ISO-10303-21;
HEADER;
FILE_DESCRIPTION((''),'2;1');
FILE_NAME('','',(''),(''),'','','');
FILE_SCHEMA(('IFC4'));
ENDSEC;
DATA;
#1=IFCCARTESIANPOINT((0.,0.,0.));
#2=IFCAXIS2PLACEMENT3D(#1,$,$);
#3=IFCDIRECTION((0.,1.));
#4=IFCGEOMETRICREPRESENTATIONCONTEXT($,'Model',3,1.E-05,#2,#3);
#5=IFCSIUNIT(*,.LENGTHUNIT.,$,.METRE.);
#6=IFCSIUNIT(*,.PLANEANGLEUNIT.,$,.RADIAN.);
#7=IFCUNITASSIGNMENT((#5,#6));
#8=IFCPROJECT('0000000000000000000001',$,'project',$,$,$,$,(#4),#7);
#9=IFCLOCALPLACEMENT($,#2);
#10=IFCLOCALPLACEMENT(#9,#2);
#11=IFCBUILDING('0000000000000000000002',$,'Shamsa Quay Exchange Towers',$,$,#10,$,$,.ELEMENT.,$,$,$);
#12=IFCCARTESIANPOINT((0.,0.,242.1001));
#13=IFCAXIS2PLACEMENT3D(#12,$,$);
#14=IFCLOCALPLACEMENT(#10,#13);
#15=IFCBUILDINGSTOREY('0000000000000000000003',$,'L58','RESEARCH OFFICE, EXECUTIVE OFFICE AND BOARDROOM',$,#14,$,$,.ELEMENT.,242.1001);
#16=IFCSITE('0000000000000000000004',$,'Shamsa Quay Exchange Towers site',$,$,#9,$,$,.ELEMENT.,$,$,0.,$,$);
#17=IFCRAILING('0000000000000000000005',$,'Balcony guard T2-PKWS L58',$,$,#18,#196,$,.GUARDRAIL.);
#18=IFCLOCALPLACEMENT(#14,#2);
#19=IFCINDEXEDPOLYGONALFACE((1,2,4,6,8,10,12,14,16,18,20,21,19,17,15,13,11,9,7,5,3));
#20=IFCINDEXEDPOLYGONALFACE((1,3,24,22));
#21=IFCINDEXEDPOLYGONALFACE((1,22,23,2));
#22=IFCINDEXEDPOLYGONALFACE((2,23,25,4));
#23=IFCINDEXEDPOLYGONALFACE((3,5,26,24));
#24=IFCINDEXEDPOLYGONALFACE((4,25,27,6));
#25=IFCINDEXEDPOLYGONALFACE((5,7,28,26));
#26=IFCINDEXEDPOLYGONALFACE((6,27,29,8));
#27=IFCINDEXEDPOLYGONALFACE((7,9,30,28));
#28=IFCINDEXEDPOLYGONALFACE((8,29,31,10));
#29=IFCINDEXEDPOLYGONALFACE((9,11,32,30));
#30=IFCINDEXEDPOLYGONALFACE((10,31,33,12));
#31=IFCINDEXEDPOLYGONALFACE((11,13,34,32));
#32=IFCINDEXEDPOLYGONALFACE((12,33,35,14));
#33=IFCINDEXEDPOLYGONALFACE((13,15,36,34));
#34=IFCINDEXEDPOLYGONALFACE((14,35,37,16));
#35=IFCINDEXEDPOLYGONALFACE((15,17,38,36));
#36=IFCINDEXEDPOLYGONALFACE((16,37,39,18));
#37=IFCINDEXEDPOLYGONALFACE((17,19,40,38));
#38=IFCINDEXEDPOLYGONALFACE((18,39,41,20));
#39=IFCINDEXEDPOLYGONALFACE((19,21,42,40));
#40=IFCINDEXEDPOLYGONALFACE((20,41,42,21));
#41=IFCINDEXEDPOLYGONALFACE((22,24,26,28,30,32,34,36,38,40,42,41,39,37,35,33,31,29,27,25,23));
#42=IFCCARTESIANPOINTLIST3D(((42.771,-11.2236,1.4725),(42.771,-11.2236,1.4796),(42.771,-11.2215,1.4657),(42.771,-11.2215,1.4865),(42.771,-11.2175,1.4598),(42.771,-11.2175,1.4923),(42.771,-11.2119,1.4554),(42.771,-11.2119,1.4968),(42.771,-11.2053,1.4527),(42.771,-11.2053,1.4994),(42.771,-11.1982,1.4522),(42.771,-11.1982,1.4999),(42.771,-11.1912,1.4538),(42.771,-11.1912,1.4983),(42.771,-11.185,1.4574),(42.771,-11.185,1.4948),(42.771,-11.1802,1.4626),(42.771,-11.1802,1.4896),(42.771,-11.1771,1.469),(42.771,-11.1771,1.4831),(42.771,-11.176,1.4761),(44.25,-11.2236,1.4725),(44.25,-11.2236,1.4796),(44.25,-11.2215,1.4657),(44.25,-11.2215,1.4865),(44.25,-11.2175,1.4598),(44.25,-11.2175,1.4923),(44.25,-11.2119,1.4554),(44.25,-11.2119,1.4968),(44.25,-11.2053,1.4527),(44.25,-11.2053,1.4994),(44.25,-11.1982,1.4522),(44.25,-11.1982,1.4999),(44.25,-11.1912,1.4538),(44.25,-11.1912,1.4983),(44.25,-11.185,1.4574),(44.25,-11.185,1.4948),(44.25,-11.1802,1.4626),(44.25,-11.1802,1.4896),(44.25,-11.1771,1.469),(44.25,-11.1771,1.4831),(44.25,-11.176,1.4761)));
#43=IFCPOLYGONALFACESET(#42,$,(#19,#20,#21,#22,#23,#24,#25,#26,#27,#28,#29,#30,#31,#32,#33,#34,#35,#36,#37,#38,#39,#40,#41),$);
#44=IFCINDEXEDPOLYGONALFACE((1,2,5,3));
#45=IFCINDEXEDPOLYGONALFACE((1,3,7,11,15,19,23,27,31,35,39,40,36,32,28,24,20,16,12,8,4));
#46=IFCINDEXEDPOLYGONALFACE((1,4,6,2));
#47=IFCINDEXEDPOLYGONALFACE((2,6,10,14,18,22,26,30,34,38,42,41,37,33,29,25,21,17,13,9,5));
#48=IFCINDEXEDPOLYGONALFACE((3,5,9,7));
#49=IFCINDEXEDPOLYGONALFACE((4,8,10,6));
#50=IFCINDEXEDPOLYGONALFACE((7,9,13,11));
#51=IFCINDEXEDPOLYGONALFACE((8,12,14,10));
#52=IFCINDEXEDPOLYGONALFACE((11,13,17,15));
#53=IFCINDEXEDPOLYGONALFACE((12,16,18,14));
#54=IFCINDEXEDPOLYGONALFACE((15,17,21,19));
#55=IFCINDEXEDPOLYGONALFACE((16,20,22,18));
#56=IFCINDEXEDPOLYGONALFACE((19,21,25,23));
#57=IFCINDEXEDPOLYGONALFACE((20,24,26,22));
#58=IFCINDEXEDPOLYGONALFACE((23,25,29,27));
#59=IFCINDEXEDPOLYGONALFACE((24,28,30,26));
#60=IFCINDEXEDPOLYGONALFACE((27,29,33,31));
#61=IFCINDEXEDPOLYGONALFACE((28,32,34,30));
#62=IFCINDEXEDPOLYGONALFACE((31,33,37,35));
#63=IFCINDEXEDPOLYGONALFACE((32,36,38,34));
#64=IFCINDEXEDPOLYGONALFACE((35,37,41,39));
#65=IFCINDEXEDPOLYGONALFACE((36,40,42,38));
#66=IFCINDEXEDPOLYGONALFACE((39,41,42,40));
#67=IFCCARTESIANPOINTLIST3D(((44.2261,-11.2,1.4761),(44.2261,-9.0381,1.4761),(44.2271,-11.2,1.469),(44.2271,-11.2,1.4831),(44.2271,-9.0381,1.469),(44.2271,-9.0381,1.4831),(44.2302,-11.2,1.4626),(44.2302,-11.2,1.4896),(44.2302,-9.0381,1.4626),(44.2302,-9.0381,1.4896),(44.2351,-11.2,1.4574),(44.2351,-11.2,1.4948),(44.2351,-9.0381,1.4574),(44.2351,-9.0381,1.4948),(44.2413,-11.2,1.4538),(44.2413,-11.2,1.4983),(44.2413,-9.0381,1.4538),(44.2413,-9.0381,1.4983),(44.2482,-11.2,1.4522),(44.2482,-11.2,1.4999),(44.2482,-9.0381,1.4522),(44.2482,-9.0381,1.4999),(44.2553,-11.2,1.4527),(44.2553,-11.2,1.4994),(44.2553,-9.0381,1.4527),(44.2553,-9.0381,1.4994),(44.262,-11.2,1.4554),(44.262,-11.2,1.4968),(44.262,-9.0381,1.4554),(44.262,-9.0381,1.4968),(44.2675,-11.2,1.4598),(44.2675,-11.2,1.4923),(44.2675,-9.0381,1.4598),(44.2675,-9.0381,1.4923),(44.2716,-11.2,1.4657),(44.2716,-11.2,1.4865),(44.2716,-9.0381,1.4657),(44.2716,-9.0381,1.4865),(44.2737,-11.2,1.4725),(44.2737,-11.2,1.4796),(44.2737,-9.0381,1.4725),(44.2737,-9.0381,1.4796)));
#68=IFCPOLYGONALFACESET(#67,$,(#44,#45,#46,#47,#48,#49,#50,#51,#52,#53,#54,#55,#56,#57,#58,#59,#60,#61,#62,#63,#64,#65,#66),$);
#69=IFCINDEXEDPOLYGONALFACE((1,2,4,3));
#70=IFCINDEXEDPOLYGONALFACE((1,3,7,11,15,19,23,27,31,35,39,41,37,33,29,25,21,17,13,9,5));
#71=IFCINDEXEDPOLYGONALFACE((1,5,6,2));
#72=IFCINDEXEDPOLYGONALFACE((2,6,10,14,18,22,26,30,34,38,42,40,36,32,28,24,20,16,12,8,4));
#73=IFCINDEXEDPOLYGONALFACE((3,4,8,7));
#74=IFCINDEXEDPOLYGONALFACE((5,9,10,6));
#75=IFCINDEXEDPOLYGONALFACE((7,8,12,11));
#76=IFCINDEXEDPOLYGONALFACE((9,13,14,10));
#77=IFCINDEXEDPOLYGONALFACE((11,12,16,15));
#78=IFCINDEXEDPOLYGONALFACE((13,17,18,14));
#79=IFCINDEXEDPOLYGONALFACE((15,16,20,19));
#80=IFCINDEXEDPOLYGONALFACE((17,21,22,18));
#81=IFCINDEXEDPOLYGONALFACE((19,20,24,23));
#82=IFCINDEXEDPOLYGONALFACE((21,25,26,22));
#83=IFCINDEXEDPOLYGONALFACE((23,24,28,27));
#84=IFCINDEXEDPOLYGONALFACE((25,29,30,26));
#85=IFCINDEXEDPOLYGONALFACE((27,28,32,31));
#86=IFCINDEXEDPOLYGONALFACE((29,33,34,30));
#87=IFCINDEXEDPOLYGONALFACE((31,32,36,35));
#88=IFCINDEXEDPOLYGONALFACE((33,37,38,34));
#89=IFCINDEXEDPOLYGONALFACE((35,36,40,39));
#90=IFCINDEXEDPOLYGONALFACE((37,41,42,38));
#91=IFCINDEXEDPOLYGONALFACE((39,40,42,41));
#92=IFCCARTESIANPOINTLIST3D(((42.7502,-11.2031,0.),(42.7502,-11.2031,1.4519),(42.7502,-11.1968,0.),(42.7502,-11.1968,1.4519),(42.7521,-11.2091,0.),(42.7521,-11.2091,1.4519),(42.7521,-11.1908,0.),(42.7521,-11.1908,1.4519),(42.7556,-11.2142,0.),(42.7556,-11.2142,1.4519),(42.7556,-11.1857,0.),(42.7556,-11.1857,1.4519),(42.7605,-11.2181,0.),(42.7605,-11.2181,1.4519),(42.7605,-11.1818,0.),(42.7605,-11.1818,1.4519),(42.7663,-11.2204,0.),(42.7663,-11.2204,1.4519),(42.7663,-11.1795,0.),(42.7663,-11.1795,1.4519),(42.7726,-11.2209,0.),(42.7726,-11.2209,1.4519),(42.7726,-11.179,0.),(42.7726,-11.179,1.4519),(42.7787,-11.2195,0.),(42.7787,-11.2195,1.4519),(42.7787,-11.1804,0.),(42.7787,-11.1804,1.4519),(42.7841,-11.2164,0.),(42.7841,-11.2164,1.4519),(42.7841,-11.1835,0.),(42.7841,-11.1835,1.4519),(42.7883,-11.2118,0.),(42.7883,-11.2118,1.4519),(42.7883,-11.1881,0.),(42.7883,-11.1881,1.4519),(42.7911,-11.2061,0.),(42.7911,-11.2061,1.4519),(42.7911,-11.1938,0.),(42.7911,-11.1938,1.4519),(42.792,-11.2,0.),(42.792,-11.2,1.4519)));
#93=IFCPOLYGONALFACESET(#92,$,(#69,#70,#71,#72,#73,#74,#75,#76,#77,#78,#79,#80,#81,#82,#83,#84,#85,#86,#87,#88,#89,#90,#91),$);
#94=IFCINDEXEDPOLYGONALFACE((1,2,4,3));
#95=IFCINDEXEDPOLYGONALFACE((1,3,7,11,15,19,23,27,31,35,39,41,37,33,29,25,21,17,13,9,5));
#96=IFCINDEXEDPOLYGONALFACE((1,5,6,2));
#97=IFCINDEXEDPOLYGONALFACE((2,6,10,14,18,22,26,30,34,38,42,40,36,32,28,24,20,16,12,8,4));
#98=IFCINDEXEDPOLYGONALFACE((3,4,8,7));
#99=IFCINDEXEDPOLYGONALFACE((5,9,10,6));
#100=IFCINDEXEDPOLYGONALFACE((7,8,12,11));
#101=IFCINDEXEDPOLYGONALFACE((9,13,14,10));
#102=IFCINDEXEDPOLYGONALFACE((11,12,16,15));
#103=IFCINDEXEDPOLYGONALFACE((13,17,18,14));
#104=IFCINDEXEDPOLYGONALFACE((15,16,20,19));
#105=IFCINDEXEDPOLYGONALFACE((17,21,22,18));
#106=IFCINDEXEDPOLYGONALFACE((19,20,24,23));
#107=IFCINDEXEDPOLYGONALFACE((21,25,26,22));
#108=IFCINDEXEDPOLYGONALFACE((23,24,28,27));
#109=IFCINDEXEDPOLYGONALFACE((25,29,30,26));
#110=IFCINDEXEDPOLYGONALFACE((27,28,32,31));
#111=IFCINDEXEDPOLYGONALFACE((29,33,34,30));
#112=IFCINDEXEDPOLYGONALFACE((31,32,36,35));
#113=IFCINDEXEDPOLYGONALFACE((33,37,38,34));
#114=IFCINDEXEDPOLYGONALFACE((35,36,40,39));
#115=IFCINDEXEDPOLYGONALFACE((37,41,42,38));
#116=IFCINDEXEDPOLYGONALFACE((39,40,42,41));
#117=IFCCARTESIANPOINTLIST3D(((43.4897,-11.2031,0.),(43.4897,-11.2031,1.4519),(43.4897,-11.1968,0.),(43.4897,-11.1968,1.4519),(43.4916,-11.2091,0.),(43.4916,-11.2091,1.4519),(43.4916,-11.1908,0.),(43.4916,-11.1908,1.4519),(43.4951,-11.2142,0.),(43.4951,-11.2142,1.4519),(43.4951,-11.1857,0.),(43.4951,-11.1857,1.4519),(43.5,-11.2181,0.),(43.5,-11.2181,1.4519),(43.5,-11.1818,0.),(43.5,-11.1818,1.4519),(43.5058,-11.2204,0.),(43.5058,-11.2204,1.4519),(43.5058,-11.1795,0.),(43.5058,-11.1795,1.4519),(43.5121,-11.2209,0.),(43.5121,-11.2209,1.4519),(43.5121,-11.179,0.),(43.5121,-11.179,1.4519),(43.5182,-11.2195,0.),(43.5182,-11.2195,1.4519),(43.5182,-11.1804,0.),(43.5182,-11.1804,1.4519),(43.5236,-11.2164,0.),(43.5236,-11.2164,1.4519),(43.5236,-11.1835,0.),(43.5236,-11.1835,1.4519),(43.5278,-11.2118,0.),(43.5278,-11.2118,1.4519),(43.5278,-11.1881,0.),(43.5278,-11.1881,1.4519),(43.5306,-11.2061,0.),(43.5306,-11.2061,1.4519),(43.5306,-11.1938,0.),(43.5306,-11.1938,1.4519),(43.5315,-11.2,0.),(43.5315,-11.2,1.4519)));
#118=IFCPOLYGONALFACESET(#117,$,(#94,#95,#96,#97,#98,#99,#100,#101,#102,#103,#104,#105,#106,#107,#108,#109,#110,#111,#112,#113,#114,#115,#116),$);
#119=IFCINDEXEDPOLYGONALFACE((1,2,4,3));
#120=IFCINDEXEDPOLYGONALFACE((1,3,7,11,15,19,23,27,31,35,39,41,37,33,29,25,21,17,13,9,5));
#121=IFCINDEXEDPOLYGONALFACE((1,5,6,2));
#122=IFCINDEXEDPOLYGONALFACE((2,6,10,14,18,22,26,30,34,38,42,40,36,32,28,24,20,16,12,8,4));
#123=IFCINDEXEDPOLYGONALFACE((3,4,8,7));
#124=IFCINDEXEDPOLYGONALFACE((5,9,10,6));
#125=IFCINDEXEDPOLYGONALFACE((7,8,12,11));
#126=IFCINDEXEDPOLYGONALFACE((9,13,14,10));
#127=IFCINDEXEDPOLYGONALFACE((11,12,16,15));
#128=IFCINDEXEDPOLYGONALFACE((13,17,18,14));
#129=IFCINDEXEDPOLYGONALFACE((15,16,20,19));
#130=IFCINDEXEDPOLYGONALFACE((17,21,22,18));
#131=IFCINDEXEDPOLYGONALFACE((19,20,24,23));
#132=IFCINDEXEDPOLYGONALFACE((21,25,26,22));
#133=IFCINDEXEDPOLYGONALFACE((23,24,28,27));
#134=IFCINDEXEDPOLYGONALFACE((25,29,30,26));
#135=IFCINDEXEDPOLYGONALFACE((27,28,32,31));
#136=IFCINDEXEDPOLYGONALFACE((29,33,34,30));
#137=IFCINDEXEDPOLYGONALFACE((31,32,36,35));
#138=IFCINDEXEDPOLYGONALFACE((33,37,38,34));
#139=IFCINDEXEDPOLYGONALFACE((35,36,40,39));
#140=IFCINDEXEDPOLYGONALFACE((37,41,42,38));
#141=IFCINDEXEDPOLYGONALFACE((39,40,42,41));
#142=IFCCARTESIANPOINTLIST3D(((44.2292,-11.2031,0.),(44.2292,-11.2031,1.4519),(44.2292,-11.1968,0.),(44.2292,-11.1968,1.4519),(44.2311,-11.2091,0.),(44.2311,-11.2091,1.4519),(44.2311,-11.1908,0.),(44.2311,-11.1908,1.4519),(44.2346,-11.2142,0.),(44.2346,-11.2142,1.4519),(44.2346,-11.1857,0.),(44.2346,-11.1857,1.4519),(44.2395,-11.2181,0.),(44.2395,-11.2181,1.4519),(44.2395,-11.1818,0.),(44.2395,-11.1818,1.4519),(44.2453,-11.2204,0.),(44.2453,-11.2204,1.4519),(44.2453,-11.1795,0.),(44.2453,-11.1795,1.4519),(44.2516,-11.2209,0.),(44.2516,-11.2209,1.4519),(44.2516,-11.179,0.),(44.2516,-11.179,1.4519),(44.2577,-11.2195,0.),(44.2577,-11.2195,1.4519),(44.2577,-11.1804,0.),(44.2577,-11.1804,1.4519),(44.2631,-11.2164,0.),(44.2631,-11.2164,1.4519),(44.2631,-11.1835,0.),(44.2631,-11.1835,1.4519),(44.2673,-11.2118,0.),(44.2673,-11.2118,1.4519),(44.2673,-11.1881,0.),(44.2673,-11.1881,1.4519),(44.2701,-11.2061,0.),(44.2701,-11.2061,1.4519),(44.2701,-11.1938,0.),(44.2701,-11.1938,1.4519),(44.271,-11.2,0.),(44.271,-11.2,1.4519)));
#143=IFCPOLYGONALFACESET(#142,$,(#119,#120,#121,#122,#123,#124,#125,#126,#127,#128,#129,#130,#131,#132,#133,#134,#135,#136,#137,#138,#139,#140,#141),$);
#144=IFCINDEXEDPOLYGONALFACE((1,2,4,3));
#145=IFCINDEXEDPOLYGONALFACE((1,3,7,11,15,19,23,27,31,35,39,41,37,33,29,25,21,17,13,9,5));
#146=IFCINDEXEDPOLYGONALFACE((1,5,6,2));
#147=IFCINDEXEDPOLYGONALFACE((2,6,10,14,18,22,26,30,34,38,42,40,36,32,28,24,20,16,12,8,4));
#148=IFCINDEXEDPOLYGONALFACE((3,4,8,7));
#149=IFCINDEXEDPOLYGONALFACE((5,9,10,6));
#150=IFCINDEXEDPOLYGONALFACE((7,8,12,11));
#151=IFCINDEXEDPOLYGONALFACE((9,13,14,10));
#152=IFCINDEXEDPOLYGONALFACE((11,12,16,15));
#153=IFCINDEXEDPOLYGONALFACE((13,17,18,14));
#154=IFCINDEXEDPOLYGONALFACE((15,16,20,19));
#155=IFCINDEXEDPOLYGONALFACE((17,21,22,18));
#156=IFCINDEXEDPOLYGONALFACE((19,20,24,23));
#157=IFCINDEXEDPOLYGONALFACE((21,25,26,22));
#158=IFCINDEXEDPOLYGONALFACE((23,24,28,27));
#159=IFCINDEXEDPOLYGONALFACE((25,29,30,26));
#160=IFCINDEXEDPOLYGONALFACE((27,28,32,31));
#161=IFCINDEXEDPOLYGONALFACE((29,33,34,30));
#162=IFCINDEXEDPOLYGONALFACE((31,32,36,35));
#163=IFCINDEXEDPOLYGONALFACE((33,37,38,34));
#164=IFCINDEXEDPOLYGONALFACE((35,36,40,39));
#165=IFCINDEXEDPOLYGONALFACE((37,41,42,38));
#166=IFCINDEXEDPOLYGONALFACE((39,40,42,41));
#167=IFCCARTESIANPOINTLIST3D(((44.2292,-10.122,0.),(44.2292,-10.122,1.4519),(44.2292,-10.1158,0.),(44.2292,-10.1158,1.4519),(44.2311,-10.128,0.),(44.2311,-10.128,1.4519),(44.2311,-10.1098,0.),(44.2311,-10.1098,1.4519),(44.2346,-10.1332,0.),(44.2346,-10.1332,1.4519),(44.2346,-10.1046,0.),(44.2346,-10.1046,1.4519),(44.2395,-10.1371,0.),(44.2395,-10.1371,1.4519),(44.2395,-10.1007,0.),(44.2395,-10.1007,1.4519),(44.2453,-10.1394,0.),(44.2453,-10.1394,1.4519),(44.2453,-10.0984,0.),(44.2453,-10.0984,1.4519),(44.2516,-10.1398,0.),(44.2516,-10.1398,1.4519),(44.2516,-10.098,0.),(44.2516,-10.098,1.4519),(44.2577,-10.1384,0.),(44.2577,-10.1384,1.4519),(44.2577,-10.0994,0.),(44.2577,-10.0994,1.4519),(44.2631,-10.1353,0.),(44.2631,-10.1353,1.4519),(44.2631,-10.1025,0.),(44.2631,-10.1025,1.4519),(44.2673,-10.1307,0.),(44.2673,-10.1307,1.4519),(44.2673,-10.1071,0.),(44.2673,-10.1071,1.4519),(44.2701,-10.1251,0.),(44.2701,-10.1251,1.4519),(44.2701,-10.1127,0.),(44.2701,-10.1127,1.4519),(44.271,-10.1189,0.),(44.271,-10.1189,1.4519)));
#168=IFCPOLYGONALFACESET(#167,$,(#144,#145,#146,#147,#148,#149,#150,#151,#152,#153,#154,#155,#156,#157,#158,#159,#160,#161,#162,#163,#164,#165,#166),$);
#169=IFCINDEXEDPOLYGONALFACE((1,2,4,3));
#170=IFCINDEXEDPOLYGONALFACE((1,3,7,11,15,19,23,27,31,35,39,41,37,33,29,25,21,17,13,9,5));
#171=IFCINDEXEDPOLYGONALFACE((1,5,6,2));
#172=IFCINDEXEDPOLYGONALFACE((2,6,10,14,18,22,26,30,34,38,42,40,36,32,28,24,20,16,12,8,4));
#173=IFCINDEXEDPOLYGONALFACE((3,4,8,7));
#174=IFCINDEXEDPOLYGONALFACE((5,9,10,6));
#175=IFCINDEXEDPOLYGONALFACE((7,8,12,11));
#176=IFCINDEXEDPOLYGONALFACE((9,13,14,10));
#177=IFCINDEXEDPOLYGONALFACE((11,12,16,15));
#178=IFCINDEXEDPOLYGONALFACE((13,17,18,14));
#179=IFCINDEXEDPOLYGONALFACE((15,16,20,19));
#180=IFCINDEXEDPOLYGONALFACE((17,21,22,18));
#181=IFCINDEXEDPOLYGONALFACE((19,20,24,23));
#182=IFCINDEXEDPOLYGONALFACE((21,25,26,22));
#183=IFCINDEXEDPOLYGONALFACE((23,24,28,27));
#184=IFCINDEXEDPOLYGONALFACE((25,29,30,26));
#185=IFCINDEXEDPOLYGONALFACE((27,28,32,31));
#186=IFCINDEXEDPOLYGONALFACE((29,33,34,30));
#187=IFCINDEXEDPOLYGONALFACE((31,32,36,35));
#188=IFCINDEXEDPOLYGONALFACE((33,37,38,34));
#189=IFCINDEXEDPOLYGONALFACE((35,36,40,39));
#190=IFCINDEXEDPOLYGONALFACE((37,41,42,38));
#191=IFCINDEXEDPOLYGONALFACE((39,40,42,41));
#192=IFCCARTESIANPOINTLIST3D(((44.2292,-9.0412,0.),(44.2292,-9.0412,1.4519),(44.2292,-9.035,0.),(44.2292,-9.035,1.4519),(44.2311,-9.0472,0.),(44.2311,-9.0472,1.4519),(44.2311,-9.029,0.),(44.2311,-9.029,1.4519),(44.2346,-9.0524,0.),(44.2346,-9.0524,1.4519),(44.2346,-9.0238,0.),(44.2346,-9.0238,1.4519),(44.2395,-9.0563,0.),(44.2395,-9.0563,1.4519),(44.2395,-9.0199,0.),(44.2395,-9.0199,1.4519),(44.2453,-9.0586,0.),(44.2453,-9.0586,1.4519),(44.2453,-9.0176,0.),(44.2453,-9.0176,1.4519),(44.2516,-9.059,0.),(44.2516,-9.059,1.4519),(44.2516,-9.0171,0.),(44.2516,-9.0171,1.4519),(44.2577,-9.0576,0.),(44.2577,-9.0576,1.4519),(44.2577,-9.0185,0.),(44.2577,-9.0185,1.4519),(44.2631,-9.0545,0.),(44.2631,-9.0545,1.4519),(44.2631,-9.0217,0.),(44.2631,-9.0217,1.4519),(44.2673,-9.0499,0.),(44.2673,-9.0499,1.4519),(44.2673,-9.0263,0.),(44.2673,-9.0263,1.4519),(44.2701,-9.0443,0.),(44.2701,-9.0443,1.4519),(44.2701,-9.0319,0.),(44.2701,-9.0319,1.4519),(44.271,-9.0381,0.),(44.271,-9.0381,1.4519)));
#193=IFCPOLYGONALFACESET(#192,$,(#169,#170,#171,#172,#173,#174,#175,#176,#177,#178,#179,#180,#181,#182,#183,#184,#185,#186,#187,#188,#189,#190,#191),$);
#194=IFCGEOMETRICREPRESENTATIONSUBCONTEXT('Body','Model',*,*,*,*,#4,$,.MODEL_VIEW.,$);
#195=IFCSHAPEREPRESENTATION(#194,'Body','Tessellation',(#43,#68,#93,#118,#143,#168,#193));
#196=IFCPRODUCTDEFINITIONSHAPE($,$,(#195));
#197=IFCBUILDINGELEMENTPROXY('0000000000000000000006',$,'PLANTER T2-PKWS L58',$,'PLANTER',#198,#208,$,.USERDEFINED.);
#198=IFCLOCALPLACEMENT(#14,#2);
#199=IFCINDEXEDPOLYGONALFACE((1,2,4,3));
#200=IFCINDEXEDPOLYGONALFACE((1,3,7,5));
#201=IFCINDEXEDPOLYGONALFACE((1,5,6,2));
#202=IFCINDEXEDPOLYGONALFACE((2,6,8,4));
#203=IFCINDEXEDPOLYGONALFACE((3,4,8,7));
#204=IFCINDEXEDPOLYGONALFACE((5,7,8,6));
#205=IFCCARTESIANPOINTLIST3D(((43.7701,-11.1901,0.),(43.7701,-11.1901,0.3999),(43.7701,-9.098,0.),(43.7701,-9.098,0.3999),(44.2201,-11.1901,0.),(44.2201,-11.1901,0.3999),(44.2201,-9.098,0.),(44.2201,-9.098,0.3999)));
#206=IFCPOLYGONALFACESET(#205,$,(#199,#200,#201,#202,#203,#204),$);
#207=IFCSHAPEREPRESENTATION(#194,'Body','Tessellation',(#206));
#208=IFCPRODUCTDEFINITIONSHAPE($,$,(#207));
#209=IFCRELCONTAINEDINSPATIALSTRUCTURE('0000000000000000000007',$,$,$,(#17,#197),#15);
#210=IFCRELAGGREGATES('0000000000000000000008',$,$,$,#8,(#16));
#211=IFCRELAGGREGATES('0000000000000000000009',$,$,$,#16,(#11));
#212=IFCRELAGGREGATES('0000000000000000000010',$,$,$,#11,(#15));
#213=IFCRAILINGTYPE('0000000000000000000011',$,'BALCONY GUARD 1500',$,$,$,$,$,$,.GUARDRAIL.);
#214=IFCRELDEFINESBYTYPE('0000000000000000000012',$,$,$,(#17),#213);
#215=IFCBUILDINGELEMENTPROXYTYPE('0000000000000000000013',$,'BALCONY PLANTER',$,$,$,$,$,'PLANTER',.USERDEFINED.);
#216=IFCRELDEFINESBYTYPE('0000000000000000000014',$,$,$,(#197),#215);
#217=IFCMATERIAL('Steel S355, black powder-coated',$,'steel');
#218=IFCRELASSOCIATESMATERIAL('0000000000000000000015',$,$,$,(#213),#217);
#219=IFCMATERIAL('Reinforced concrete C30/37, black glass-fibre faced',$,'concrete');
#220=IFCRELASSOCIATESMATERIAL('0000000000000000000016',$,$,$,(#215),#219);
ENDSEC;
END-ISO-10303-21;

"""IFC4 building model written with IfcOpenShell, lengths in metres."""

from ifc_helpers import new_model, si_unit, direction, frame, origin, origin_2d, place, context, subcontext, project, spatial, rectangle, circle, extrude, material, type_object, element, save


model = new_model("IFC4")

# Units and contexts
model_context = context("Model", 3, precision=1e-05, world=origin(), true_north=direction((0.0, 1.0)))
body_context = subcontext(model_context, "Body", "Model", "MODEL_VIEW")
ifc_project = project(units=[si_unit("LENGTHUNIT", "METRE"), si_unit("PLANEANGLEUNIT", "RADIAN")], contexts=[model_context])

# Site, building, storey
site_placement = place(None, origin())
site = spatial("IfcSite", under=ifc_project, at=site_placement, Name="Shamsa Quay Exchange Towers site", CompositionType="ELEMENT", RefElevation=0.0)
building_placement = place(site_placement, origin())
building = spatial("IfcBuilding", under=site, at=building_placement, Name="Shamsa Quay Exchange Towers", CompositionType="ELEMENT")
storey_placement = place(building_placement, frame((0.0, 0.0, 242.1001)))
storey = spatial("IfcBuildingStorey", under=building, at=storey_placement, Name="L58", Description="RESEARCH OFFICE, EXECUTIVE OFFICE AND BOARDROOM", CompositionType="ELEMENT", Elevation=242.1001)

# Railing
ifc_material_1 = material(Name="Steel S355, black powder-coated", Category="steel")
railing_type = type_object("IfcRailingType", Name="BALCONY GUARD 1500", PredefinedType="GUARDRAIL", material=ifc_material_1)
railing_placement = place(storey_placement, frame((42.771, -11.2, 0.0)))
element("IfcRailing", 1, at=railing_placement, inside=storey, type_object=railing_type, Name="Balcony guard T2-PKWS L58", PredefinedType="GUARDRAIL", context=body_context, shape_type="SweptSolid", body=[
    extrude(circle(Radius=0.0239, at=origin_2d()), frame((0.0, 0.0, 1.4761), z_axis=(1.0, 0.0, 0.0), x_axis=(0.0, 1.0, 0.0)), (0.0, 0.0, 1.0), 1.479),
    extrude(circle(Radius=0.0239, at=origin_2d()), frame((1.479, 0.0, 1.4761), z_axis=(0.0, 1.0, 0.0), x_axis=(-1.0, 0.0, 0.0)), (0.0, 0.0, 1.0), 2.1619),
    extrude(circle(Radius=0.021, at=origin_2d()), origin(), (0.0, 0.0, 1.0), 1.4519),
    extrude(circle(Radius=0.021, at=origin_2d()), frame((0.7395, 0.0, 0.0)), (0.0, 0.0, 1.0), 1.4519),
    extrude(circle(Radius=0.021, at=origin_2d()), frame((1.479, 0.0, 0.0)), (0.0, 0.0, 1.0), 1.4519),
    extrude(circle(Radius=0.021, at=origin_2d()), frame((1.479, 1.0811, 0.0)), (0.0, 0.0, 1.0), 1.4519),
    extrude(circle(Radius=0.021, at=origin_2d()), frame((1.479, 2.1619, 0.0)), (0.0, 0.0, 1.0), 1.4519),
])

# Building element proxy
ifc_material_2 = material(Name="Reinforced concrete C30/37, black glass-fibre faced", Category="concrete")
building_element_proxy_type = type_object("IfcBuildingElementProxyType", Name="BALCONY PLANTER", ElementType="PLANTER", PredefinedType="USERDEFINED", material=ifc_material_2)
proxy_placement = place(storey_placement, frame((43.9951, -10.144, 0.0), z_axis=(0.0, 0.0, 1.0), x_axis=(0.0, 1.0, 0.0)))
element("IfcBuildingElementProxy", 2, at=proxy_placement, inside=storey, type_object=building_element_proxy_type, Name="PLANTER T2-PKWS L58", ObjectType="PLANTER", PredefinedType="USERDEFINED", context=body_context, shape_type="SweptSolid", body=[
    extrude(rectangle(XDim=2.092, YDim=0.45, at=origin_2d()), origin(), (0.0, 0.0, 1.0), 0.3999),
])

save(model, "model.ifc")
